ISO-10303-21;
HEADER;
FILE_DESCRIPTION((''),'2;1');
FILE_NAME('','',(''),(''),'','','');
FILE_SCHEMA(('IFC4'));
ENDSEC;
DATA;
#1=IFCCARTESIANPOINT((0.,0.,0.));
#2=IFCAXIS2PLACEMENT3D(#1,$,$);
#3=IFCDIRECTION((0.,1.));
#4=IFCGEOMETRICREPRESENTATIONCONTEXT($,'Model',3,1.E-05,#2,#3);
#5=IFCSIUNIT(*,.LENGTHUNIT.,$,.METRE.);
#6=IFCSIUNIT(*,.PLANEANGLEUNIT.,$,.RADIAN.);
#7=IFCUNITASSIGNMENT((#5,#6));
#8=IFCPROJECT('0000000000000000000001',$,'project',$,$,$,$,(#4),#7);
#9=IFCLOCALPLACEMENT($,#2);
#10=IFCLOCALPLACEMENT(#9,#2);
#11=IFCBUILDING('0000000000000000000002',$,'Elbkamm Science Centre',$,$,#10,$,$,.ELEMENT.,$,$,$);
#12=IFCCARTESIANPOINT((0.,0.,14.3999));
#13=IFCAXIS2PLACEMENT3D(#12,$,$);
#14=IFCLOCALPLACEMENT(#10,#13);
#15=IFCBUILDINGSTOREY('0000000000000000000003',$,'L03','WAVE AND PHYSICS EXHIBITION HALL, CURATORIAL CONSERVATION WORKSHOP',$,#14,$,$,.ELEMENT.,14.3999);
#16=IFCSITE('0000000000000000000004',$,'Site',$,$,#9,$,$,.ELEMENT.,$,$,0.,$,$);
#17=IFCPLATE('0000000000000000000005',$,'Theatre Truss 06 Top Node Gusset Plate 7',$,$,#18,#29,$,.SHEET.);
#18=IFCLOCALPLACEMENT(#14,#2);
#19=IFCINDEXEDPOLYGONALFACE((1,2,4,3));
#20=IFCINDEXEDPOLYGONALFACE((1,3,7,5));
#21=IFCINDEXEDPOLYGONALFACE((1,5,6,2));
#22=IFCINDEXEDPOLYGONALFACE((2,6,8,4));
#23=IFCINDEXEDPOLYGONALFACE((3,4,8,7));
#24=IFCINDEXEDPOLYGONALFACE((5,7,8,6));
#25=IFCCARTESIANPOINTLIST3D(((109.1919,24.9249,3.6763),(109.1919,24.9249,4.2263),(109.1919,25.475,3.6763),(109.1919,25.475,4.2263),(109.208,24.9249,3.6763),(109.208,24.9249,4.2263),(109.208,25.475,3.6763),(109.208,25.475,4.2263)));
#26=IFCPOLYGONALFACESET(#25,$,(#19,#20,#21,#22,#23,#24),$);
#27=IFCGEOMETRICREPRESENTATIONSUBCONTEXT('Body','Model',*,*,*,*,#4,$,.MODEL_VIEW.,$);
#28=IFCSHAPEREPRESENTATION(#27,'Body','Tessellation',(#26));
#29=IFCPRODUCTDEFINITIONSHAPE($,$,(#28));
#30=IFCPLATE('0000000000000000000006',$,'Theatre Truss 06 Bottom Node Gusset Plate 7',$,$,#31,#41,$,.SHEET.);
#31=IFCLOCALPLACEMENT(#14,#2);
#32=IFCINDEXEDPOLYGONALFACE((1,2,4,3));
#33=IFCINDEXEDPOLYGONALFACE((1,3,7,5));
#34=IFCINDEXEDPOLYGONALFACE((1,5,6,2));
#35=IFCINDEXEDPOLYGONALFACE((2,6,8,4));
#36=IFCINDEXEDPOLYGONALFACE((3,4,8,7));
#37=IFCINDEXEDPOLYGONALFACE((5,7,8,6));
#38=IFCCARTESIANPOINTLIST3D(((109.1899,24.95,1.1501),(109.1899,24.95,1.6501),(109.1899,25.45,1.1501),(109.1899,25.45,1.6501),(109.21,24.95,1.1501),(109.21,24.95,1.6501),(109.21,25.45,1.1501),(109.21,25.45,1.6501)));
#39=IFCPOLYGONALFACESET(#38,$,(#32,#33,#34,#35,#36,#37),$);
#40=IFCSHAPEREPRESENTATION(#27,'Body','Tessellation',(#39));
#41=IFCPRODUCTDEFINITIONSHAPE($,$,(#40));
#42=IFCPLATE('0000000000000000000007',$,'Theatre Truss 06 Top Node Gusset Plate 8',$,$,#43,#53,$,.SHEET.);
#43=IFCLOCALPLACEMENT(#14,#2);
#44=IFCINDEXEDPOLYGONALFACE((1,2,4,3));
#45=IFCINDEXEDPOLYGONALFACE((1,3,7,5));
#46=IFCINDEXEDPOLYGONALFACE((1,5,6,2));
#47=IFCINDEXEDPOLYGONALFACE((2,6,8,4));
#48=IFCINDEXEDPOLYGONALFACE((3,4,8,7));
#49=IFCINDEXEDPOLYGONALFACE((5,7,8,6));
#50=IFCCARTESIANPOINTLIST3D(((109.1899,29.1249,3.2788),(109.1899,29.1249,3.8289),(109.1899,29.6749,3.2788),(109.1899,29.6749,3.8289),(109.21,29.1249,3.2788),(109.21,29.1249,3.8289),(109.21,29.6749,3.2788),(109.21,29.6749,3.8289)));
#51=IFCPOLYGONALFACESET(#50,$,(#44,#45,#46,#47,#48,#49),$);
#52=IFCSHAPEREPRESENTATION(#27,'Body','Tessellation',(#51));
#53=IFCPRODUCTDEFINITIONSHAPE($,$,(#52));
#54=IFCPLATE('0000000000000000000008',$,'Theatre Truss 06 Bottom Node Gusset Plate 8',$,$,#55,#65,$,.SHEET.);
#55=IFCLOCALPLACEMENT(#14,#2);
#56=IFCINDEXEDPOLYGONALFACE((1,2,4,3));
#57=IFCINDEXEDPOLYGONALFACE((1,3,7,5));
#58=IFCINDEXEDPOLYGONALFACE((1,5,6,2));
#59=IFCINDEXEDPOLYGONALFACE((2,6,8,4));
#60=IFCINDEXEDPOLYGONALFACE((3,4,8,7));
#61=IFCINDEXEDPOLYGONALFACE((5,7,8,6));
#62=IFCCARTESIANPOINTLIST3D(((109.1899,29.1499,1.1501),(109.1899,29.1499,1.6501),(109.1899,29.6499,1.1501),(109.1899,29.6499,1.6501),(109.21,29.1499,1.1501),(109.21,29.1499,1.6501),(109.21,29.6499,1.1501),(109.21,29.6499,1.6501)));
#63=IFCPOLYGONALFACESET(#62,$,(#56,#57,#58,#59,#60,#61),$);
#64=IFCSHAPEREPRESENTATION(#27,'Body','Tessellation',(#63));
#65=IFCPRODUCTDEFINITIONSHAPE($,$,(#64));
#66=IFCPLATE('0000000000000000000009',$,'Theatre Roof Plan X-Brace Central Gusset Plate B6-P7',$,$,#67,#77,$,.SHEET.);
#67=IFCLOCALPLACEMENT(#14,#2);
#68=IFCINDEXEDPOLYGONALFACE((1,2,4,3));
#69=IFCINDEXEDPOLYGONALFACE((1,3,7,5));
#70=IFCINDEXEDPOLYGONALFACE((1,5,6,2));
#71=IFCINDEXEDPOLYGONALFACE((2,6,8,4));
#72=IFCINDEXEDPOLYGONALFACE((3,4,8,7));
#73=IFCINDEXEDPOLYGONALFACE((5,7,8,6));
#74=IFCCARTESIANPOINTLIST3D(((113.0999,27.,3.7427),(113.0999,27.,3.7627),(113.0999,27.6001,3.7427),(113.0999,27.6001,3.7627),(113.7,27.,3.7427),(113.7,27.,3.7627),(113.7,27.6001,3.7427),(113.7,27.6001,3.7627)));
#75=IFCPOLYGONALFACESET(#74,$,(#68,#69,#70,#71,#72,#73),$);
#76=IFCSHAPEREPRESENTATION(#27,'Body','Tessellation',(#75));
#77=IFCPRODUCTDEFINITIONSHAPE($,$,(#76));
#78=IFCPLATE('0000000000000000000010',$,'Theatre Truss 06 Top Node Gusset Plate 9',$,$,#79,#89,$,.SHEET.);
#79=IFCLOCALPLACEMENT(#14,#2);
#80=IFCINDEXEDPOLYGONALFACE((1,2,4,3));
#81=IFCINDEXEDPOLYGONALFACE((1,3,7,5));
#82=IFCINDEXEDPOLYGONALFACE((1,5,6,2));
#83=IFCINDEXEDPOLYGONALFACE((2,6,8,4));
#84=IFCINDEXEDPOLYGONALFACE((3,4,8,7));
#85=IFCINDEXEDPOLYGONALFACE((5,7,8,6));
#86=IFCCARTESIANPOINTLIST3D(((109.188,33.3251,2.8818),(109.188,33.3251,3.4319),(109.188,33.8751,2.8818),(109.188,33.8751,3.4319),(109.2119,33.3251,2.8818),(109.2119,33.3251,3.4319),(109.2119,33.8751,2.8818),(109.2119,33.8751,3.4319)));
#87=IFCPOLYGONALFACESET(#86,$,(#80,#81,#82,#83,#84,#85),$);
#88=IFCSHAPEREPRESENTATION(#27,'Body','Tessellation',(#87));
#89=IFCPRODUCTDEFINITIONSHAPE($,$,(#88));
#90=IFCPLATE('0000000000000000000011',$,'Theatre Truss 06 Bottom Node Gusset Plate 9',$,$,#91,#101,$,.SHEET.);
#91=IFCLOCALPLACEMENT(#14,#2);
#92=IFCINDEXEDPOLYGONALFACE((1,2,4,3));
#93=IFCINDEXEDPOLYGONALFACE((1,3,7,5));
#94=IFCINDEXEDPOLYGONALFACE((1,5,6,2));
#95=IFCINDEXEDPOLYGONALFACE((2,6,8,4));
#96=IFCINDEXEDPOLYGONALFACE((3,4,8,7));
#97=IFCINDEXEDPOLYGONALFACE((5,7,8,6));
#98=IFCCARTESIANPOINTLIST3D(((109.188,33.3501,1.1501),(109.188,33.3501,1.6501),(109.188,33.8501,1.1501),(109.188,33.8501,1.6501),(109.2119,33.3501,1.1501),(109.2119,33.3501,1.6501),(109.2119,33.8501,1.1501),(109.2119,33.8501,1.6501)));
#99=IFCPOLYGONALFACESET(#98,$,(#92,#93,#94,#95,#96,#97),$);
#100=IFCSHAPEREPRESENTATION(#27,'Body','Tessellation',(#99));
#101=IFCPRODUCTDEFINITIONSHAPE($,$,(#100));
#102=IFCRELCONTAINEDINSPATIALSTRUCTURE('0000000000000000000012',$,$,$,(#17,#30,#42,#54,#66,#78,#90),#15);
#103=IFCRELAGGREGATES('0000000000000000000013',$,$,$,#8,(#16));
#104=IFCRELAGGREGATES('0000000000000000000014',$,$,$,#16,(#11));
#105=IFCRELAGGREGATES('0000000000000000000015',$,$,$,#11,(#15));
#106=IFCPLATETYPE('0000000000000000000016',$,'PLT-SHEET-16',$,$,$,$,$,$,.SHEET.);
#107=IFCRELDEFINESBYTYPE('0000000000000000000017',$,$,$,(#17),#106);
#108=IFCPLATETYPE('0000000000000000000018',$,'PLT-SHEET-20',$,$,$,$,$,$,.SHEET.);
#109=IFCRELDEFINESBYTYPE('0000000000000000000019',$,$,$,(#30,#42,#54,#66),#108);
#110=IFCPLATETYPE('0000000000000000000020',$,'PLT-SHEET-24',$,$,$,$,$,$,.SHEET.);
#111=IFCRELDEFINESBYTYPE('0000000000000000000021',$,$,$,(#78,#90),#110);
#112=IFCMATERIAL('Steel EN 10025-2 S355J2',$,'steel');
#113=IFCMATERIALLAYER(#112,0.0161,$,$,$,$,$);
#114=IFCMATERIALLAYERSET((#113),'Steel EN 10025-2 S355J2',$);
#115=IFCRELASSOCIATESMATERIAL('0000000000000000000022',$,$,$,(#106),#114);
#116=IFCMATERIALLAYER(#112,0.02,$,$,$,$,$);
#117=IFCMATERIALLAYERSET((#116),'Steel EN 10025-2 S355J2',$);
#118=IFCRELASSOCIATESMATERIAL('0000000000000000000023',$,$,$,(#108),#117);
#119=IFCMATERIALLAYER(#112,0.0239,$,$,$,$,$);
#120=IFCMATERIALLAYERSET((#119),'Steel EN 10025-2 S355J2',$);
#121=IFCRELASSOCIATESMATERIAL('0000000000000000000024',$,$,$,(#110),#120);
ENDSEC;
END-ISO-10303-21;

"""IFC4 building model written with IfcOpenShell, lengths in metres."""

from ifc_helpers import new_model, si_unit, direction, frame, origin, origin_2d, place, context, subcontext, project, spatial, rectangle, extrude, material, layer, layer_set, type_object, element, save


model = new_model("IFC4")

# Units and contexts
model_context = context("Model", 3, precision=1e-05, world=origin(), true_north=direction((0.0, 1.0)))
body_context = subcontext(model_context, "Body", "Model", "MODEL_VIEW")
ifc_project = project(units=[si_unit("LENGTHUNIT", "METRE"), si_unit("PLANEANGLEUNIT", "RADIAN")], contexts=[model_context])

# Site, building, storey
site_placement = place(None, origin())
site = spatial("IfcSite", under=ifc_project, at=site_placement, Name="Site", CompositionType="ELEMENT", RefElevation=0.0)
building_placement = place(site_placement, origin())
building = spatial("IfcBuilding", under=site, at=building_placement, Name="Elbkamm Science Centre", CompositionType="ELEMENT")
storey_placement = place(building_placement, frame((0.0, 0.0, 14.3999)))
storey = spatial("IfcBuildingStorey", under=building, at=storey_placement, Name="L03", Description="WAVE AND PHYSICS EXHIBITION HALL, CURATORIAL CONSERVATION WORKSHOP", CompositionType="ELEMENT", Elevation=14.3999)

# Shared definitions
ifc_material_1 = material(Name="Steel EN 10025-2 S355J2", Category="steel")

# Plates
ifc_layer_1 = layer(ifc_material_1, 0.0161)
ifc_layer_set_1 = layer_set([ifc_layer_1], Name="Steel EN 10025-2 S355J2")
plate_type_1 = type_object("IfcPlateType", Name="PLT-SHEET-16", PredefinedType="SHEET", material=ifc_layer_set_1)
plate_1_placement = place(storey_placement, frame((109.2, 25.2, 3.6763), z_axis=(0.0, 0.0, 1.0), x_axis=(1.0, 0.0, 0.0)))
element("IfcPlate", 1, at=plate_1_placement, inside=storey, type_object=plate_type_1, Name="Theatre Truss 06 Top Node Gusset Plate 7", PredefinedType="SHEET", context=body_context, shape_type="SweptSolid", body=[
    extrude(rectangle(XDim=0.0161, YDim=0.55, at=origin_2d()), origin(), (0.0, 0.0, 1.0), 0.55),
])
ifc_layer_2 = layer(ifc_material_1, 0.02)
ifc_layer_set_2 = layer_set([ifc_layer_2], Name="Steel EN 10025-2 S355J2")
plate_type_2 = type_object("IfcPlateType", Name="PLT-SHEET-20", PredefinedType="SHEET", material=ifc_layer_set_2)
plate_2_placement = place(storey_placement, frame((109.2, 25.2, 1.1501), z_axis=(0.0, 0.0, 1.0), x_axis=(1.0, 0.0, 0.0)))
element("IfcPlate", 2, at=plate_2_placement, inside=storey, type_object=plate_type_2, Name="Theatre Truss 06 Bottom Node Gusset Plate 7", PredefinedType="SHEET", context=body_context, shape_type="SweptSolid", body=[
    extrude(rectangle(XDim=0.02, YDim=0.5, at=origin_2d()), origin(), (0.0, 0.0, 1.0), 0.5),
])
plate_3_placement = place(storey_placement, frame((109.2, 29.3999, 3.2788), z_axis=(0.0, 0.0, 1.0), x_axis=(1.0, 0.0, 0.0)))
element("IfcPlate", 3, at=plate_3_placement, inside=storey, type_object=plate_type_2, Name="Theatre Truss 06 Top Node Gusset Plate 8", PredefinedType="SHEET", context=body_context, shape_type="SweptSolid", body=[
    extrude(rectangle(XDim=0.02, YDim=0.55, at=origin_2d()), origin(), (0.0, 0.0, 1.0), 0.55),
])
plate_4_placement = place(storey_placement, frame((109.2, 29.3999, 1.1501), z_axis=(0.0, 0.0, 1.0), x_axis=(1.0, 0.0, 0.0)))
element("IfcPlate", 4, at=plate_4_placement, inside=storey, type_object=plate_type_2, Name="Theatre Truss 06 Bottom Node Gusset Plate 8", PredefinedType="SHEET", context=body_context, shape_type="SweptSolid", body=[
    extrude(rectangle(XDim=0.02, YDim=0.5, at=origin_2d()), origin(), (0.0, 0.0, 1.0), 0.5),
])
plate_5_placement = place(storey_placement, frame((113.3999, 27.3, 3.7427), z_axis=(0.0, 0.0, 1.0), x_axis=(1.0, 0.0, 0.0)))
element("IfcPlate", 5, at=plate_5_placement, inside=storey, type_object=plate_type_2, Name="Theatre Roof Plan X-Brace Central Gusset Plate B6-P7", PredefinedType="SHEET", context=body_context, shape_type="SweptSolid", body=[
    extrude(rectangle(XDim=0.6001, YDim=0.6001, at=origin_2d()), origin(), (0.0, 0.0, 1.0), 0.02),
])
ifc_layer_3 = layer(ifc_material_1, 0.0239)
ifc_layer_set_3 = layer_set([ifc_layer_3], Name="Steel EN 10025-2 S355J2")
plate_type_3 = type_object("IfcPlateType", Name="PLT-SHEET-24", PredefinedType="SHEET", material=ifc_layer_set_3)
plate_6_placement = place(storey_placement, frame((109.2, 33.6001, 2.8818), z_axis=(0.0, 0.0, 1.0), x_axis=(1.0, 0.0, 0.0)))
element("IfcPlate", 6, at=plate_6_placement, inside=storey, type_object=plate_type_3, Name="Theatre Truss 06 Top Node Gusset Plate 9", PredefinedType="SHEET", context=body_context, shape_type="SweptSolid", body=[
    extrude(rectangle(XDim=0.0239, YDim=0.55, at=origin_2d()), origin(), (0.0, 0.0, 1.0), 0.55),
])
plate_7_placement = place(storey_placement, frame((109.2, 33.6001, 1.1501), z_axis=(0.0, 0.0, 1.0), x_axis=(1.0, 0.0, 0.0)))
element("IfcPlate", 7, at=plate_7_placement, inside=storey, type_object=plate_type_3, Name="Theatre Truss 06 Bottom Node Gusset Plate 9", PredefinedType="SHEET", context=body_context, shape_type="SweptSolid", body=[
    extrude(rectangle(XDim=0.0239, YDim=0.5, at=origin_2d()), origin(), (0.0, 0.0, 1.0), 0.5),
])

save(model, "model.ifc")
